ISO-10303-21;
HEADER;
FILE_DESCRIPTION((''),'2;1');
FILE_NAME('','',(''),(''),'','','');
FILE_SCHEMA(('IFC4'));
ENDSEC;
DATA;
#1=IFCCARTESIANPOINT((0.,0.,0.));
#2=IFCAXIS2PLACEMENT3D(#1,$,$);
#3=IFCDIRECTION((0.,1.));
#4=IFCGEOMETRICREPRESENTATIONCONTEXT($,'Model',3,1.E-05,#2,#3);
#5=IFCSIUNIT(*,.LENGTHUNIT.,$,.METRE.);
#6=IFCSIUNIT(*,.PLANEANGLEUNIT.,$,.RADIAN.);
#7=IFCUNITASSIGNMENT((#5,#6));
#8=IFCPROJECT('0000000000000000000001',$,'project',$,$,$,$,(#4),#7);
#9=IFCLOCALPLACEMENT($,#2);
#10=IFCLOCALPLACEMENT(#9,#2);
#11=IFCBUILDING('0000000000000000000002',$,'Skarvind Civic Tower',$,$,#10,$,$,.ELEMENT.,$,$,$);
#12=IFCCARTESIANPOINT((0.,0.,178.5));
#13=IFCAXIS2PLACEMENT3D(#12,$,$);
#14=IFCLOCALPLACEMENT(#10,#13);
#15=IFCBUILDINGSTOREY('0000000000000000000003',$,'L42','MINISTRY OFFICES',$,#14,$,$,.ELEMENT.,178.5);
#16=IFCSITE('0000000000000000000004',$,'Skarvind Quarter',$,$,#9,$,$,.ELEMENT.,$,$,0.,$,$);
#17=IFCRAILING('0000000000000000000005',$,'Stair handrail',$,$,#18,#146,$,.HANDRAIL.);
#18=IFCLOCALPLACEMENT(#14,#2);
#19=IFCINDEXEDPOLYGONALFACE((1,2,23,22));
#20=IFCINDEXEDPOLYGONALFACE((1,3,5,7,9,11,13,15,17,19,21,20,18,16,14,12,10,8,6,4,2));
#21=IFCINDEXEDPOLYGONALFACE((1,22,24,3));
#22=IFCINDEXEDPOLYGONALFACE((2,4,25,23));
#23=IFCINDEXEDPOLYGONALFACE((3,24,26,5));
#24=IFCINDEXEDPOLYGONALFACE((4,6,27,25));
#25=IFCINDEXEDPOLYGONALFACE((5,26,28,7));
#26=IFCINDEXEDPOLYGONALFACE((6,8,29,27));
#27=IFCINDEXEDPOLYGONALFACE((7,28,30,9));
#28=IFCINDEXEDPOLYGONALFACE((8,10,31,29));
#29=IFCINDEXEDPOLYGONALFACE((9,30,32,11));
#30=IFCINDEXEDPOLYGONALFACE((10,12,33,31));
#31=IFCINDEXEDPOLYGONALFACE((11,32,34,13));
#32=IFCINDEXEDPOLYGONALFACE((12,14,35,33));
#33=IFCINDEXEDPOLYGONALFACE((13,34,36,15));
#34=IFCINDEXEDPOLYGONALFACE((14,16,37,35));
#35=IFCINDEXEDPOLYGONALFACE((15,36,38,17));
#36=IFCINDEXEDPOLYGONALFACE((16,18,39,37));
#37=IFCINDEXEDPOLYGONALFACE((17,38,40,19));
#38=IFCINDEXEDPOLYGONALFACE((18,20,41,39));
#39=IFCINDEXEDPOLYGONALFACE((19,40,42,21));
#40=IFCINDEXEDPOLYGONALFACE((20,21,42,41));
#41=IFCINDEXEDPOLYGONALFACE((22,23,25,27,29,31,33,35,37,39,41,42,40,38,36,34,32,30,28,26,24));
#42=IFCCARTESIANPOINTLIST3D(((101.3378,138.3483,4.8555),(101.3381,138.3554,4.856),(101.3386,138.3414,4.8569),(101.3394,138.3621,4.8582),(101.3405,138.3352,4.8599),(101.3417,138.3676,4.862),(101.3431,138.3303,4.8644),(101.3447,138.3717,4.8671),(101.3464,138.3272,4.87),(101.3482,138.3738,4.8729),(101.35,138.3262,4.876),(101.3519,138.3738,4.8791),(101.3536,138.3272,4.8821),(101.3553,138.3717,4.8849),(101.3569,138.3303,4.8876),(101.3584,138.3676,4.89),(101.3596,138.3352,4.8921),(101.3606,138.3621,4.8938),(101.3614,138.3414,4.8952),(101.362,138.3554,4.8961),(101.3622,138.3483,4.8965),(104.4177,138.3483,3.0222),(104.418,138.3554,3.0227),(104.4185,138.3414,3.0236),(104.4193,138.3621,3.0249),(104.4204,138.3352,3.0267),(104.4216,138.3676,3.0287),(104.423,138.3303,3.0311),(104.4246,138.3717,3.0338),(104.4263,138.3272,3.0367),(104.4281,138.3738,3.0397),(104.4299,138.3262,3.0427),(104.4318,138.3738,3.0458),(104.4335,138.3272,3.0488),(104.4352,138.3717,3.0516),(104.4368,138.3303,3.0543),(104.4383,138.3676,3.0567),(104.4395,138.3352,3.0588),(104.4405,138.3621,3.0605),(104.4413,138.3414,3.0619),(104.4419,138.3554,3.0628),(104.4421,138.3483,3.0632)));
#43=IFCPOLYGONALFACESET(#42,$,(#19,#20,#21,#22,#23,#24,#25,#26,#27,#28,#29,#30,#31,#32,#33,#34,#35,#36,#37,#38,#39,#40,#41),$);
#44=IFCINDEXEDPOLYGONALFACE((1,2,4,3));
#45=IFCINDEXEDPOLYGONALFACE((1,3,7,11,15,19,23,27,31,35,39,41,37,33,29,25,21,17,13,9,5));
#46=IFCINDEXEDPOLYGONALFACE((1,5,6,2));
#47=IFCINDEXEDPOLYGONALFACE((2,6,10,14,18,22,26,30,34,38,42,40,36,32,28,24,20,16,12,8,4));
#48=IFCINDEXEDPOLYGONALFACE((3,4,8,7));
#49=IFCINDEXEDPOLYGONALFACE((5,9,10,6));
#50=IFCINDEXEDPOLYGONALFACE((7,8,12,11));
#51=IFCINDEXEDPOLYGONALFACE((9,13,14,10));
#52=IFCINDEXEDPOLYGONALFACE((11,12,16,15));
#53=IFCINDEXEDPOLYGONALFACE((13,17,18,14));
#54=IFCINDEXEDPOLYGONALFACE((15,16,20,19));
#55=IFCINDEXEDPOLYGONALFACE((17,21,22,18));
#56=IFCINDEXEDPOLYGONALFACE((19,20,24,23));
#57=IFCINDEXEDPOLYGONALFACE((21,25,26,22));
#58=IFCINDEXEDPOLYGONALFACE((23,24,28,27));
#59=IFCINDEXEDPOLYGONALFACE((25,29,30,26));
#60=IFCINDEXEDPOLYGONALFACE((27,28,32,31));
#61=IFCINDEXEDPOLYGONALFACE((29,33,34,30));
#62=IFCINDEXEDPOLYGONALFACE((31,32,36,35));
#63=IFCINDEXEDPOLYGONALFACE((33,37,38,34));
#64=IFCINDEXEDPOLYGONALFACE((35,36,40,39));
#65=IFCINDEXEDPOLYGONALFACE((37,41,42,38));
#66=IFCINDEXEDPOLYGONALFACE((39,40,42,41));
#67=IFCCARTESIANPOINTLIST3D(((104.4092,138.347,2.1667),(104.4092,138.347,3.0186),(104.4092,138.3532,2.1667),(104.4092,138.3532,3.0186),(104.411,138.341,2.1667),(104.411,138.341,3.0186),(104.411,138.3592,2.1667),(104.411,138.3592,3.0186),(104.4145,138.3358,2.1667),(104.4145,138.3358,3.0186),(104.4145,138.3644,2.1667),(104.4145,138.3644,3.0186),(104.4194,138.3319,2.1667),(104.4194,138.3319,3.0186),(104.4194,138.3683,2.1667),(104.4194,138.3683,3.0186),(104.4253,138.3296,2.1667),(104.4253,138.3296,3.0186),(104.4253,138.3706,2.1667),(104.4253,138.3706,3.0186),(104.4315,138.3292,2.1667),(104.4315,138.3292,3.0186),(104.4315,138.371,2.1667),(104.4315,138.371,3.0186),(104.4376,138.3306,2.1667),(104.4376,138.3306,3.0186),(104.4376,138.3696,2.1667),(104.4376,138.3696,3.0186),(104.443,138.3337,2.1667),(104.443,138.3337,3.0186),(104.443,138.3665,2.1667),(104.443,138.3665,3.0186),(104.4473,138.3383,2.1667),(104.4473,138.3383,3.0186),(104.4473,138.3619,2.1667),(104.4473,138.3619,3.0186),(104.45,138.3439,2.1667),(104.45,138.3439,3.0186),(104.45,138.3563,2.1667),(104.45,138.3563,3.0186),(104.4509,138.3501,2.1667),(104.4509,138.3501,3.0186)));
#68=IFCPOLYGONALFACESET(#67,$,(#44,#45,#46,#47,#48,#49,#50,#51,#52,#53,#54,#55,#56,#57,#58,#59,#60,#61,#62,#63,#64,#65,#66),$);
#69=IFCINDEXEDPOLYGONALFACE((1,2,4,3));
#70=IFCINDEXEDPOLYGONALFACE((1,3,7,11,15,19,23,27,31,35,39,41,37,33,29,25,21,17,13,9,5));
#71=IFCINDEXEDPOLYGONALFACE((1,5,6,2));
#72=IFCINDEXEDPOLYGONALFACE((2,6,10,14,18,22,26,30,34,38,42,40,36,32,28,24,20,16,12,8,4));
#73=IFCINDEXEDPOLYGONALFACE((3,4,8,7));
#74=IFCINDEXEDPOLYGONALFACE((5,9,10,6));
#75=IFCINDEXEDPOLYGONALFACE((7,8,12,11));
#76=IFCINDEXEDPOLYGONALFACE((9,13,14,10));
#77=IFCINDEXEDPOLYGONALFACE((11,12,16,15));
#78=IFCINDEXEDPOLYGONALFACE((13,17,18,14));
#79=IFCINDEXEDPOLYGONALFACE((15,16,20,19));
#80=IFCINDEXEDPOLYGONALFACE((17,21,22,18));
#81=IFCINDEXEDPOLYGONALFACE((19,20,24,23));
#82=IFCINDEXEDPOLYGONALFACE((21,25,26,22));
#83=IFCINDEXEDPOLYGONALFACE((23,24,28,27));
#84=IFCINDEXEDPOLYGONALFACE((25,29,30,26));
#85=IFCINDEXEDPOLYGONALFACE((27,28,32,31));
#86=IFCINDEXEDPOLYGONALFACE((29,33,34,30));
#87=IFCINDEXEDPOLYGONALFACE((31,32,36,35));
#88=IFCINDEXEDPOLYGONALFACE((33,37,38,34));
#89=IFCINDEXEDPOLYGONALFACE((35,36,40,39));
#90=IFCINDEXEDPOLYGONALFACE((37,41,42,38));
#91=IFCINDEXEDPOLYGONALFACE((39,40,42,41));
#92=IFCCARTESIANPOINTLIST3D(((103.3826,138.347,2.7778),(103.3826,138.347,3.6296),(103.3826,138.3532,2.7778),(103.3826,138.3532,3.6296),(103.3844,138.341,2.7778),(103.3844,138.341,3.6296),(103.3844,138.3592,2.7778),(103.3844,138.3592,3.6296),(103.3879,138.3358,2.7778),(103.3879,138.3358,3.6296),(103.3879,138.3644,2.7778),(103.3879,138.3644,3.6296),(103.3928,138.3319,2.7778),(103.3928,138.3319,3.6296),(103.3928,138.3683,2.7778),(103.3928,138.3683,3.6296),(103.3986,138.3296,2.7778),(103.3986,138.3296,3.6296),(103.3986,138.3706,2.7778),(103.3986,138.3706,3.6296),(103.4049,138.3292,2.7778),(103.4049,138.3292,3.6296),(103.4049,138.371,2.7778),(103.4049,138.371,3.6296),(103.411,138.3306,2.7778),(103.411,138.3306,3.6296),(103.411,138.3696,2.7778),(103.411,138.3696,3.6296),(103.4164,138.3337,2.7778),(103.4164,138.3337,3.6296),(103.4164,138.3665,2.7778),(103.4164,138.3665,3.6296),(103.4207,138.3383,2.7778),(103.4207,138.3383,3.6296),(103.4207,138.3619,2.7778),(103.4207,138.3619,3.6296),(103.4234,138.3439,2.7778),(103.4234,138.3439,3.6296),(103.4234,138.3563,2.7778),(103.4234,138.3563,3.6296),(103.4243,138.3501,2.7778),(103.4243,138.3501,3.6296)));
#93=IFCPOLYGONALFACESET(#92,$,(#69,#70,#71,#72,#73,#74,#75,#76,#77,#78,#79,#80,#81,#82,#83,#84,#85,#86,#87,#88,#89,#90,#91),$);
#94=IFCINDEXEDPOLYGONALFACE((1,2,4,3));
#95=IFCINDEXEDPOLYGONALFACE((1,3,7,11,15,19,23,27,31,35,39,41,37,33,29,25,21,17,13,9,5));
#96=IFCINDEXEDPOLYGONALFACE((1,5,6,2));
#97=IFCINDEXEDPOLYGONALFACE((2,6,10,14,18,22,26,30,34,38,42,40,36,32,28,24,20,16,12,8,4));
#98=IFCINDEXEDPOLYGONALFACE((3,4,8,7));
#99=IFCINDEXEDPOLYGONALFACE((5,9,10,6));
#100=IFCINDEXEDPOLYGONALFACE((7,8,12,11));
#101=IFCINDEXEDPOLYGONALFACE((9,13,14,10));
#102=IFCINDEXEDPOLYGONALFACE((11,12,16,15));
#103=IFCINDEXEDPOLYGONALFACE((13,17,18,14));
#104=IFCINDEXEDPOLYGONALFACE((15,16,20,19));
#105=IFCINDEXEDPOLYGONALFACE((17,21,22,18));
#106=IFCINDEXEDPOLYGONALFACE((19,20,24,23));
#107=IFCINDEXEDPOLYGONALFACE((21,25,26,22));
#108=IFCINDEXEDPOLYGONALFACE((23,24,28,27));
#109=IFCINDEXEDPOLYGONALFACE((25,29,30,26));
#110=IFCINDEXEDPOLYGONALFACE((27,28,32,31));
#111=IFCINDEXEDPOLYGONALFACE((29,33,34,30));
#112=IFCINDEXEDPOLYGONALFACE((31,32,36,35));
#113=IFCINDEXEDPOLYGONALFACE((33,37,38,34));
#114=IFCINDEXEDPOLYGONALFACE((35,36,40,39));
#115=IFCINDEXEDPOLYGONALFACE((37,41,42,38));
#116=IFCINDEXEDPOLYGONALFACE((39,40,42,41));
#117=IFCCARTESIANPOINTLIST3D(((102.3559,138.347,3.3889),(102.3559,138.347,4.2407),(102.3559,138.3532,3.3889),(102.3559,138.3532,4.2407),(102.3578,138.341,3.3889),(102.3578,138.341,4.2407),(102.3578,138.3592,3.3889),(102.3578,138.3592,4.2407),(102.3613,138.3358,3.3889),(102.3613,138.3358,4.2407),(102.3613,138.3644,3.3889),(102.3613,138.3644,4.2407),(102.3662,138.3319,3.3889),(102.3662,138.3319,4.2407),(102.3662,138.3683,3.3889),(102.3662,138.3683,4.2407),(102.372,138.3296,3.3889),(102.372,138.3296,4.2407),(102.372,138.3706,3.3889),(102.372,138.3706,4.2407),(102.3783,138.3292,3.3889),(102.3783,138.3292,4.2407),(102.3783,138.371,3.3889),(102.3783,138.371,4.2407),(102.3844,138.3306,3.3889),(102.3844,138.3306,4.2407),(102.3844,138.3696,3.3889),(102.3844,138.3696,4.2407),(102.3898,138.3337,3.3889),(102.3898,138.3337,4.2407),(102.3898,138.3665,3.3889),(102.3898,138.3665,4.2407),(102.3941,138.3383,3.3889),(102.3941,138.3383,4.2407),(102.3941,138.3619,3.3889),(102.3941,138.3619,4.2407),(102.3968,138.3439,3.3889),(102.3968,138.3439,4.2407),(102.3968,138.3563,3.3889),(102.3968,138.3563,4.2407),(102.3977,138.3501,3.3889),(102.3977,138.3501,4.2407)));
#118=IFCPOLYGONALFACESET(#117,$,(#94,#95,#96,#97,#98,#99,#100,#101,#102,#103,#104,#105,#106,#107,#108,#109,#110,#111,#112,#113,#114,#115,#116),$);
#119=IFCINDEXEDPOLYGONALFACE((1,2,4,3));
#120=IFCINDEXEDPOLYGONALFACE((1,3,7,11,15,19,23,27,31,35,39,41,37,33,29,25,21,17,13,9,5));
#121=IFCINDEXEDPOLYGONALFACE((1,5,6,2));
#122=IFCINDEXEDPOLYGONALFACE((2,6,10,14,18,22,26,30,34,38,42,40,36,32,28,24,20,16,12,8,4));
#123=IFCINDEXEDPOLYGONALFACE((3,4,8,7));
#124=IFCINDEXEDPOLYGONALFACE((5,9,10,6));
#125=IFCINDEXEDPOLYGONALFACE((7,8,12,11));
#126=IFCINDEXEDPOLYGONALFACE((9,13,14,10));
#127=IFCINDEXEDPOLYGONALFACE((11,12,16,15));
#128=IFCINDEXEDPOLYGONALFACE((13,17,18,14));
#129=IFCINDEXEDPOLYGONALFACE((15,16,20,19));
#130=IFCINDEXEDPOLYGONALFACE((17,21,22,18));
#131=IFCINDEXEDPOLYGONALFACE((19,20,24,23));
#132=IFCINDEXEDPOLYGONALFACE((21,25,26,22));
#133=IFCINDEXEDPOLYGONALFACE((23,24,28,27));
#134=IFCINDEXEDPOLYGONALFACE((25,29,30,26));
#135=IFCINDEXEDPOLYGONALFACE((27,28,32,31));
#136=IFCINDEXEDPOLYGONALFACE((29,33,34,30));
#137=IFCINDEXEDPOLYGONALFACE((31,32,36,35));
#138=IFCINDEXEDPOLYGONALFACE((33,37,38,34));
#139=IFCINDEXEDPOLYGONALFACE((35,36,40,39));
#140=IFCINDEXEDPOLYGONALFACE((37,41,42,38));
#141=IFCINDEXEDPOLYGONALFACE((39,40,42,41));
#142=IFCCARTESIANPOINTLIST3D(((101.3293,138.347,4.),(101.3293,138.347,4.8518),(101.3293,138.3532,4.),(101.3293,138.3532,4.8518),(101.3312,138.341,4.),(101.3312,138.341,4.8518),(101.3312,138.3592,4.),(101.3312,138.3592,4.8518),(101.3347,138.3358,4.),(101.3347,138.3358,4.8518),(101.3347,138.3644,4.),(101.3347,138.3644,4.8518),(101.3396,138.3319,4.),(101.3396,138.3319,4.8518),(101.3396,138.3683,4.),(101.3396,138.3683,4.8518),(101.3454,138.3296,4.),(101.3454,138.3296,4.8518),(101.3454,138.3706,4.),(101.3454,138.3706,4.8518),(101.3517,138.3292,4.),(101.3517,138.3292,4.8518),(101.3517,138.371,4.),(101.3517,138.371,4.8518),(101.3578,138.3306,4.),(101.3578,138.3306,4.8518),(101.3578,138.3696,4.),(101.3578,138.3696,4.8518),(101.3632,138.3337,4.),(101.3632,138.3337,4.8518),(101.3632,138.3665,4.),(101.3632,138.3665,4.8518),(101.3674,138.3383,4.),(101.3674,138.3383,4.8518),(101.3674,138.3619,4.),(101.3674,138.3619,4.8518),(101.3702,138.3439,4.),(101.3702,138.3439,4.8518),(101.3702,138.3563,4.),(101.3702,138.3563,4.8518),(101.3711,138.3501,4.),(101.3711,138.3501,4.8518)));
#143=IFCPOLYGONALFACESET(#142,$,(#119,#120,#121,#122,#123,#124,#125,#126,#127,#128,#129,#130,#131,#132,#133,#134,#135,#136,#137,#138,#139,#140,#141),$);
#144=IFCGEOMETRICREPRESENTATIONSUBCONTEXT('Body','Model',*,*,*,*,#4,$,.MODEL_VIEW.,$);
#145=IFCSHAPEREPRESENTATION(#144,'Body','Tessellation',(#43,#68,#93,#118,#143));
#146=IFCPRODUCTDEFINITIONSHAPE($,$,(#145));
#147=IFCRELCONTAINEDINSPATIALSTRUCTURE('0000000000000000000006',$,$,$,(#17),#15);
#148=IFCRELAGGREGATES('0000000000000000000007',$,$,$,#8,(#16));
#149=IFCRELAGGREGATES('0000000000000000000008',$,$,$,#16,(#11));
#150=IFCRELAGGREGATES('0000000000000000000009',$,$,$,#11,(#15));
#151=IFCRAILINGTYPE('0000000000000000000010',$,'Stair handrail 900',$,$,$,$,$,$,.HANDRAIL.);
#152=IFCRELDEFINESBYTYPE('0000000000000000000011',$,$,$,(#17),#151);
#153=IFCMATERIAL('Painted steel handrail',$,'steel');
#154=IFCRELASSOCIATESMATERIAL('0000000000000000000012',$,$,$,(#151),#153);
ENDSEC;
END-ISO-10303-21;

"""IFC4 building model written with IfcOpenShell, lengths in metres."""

from ifc_helpers import new_model, si_unit, direction, frame, origin, origin_2d, place, context, subcontext, project, spatial, circle, extrude, material, type_object, element, save


model = new_model("IFC4")

# Units and contexts
model_context = context("Model", 3, precision=1e-05, world=origin(), true_north=direction((0.0, 1.0)))
body_context = subcontext(model_context, "Body", "Model", "MODEL_VIEW")
ifc_project = project(units=[si_unit("LENGTHUNIT", "METRE"), si_unit("PLANEANGLEUNIT", "RADIAN")], contexts=[model_context])

# Site, building, storey
site_placement = place(None, origin())
site = spatial("IfcSite", under=ifc_project, at=site_placement, Name="Skarvind Quarter", CompositionType="ELEMENT", RefElevation=0.0)
building_placement = place(site_placement, origin())
building = spatial("IfcBuilding", under=site, at=building_placement, Name="Skarvind Civic Tower", CompositionType="ELEMENT")
storey_placement = place(building_placement, frame((0.0, 0.0, 178.5)))
storey = spatial("IfcBuildingStorey", under=building, at=storey_placement, Name="L42", Description="MINISTRY OFFICES", CompositionType="ELEMENT", Elevation=178.5)

# Railing
ifc_material_1 = material(Name="Painted steel handrail", Category="steel")
railing_type = type_object("IfcRailingType", Name="Stair handrail 900", PredefinedType="HANDRAIL", material=ifc_material_1)
railing_1_placement = place(storey_placement, frame((104.4299, 138.3501, 2.1667)))
element("IfcRailing", 1, at=railing_1_placement, inside=storey, type_object=railing_type, Name="Stair handrail", PredefinedType="HANDRAIL", context=body_context, shape_type="SweptSolid", body=[
    extrude(circle(Radius=0.0239, at=origin_2d()), frame((0.0, 0.0, 0.876), z_axis=(-0.859291, 0.0, 0.511487), x_axis=(0.0, -1.0, 0.0)), (0.0, 0.0, 1.0), 3.5842),
    extrude(circle(Radius=0.021, at=origin_2d()), origin(), (0.0, 0.0, 1.0), 0.8518),
    extrude(circle(Radius=0.021, at=origin_2d()), frame((-1.0266, 0.0, 0.6111)), (0.0, 0.0, 1.0), 0.8518),
    extrude(circle(Radius=0.021, at=origin_2d()), frame((-2.0532, 0.0, 1.2222)), (0.0, 0.0, 1.0), 0.8518),
    extrude(circle(Radius=0.021, at=origin_2d()), frame((-3.0798, 0.0, 1.8333)), (0.0, 0.0, 1.0), 0.8518),
])

save(model, "model.ifc")
